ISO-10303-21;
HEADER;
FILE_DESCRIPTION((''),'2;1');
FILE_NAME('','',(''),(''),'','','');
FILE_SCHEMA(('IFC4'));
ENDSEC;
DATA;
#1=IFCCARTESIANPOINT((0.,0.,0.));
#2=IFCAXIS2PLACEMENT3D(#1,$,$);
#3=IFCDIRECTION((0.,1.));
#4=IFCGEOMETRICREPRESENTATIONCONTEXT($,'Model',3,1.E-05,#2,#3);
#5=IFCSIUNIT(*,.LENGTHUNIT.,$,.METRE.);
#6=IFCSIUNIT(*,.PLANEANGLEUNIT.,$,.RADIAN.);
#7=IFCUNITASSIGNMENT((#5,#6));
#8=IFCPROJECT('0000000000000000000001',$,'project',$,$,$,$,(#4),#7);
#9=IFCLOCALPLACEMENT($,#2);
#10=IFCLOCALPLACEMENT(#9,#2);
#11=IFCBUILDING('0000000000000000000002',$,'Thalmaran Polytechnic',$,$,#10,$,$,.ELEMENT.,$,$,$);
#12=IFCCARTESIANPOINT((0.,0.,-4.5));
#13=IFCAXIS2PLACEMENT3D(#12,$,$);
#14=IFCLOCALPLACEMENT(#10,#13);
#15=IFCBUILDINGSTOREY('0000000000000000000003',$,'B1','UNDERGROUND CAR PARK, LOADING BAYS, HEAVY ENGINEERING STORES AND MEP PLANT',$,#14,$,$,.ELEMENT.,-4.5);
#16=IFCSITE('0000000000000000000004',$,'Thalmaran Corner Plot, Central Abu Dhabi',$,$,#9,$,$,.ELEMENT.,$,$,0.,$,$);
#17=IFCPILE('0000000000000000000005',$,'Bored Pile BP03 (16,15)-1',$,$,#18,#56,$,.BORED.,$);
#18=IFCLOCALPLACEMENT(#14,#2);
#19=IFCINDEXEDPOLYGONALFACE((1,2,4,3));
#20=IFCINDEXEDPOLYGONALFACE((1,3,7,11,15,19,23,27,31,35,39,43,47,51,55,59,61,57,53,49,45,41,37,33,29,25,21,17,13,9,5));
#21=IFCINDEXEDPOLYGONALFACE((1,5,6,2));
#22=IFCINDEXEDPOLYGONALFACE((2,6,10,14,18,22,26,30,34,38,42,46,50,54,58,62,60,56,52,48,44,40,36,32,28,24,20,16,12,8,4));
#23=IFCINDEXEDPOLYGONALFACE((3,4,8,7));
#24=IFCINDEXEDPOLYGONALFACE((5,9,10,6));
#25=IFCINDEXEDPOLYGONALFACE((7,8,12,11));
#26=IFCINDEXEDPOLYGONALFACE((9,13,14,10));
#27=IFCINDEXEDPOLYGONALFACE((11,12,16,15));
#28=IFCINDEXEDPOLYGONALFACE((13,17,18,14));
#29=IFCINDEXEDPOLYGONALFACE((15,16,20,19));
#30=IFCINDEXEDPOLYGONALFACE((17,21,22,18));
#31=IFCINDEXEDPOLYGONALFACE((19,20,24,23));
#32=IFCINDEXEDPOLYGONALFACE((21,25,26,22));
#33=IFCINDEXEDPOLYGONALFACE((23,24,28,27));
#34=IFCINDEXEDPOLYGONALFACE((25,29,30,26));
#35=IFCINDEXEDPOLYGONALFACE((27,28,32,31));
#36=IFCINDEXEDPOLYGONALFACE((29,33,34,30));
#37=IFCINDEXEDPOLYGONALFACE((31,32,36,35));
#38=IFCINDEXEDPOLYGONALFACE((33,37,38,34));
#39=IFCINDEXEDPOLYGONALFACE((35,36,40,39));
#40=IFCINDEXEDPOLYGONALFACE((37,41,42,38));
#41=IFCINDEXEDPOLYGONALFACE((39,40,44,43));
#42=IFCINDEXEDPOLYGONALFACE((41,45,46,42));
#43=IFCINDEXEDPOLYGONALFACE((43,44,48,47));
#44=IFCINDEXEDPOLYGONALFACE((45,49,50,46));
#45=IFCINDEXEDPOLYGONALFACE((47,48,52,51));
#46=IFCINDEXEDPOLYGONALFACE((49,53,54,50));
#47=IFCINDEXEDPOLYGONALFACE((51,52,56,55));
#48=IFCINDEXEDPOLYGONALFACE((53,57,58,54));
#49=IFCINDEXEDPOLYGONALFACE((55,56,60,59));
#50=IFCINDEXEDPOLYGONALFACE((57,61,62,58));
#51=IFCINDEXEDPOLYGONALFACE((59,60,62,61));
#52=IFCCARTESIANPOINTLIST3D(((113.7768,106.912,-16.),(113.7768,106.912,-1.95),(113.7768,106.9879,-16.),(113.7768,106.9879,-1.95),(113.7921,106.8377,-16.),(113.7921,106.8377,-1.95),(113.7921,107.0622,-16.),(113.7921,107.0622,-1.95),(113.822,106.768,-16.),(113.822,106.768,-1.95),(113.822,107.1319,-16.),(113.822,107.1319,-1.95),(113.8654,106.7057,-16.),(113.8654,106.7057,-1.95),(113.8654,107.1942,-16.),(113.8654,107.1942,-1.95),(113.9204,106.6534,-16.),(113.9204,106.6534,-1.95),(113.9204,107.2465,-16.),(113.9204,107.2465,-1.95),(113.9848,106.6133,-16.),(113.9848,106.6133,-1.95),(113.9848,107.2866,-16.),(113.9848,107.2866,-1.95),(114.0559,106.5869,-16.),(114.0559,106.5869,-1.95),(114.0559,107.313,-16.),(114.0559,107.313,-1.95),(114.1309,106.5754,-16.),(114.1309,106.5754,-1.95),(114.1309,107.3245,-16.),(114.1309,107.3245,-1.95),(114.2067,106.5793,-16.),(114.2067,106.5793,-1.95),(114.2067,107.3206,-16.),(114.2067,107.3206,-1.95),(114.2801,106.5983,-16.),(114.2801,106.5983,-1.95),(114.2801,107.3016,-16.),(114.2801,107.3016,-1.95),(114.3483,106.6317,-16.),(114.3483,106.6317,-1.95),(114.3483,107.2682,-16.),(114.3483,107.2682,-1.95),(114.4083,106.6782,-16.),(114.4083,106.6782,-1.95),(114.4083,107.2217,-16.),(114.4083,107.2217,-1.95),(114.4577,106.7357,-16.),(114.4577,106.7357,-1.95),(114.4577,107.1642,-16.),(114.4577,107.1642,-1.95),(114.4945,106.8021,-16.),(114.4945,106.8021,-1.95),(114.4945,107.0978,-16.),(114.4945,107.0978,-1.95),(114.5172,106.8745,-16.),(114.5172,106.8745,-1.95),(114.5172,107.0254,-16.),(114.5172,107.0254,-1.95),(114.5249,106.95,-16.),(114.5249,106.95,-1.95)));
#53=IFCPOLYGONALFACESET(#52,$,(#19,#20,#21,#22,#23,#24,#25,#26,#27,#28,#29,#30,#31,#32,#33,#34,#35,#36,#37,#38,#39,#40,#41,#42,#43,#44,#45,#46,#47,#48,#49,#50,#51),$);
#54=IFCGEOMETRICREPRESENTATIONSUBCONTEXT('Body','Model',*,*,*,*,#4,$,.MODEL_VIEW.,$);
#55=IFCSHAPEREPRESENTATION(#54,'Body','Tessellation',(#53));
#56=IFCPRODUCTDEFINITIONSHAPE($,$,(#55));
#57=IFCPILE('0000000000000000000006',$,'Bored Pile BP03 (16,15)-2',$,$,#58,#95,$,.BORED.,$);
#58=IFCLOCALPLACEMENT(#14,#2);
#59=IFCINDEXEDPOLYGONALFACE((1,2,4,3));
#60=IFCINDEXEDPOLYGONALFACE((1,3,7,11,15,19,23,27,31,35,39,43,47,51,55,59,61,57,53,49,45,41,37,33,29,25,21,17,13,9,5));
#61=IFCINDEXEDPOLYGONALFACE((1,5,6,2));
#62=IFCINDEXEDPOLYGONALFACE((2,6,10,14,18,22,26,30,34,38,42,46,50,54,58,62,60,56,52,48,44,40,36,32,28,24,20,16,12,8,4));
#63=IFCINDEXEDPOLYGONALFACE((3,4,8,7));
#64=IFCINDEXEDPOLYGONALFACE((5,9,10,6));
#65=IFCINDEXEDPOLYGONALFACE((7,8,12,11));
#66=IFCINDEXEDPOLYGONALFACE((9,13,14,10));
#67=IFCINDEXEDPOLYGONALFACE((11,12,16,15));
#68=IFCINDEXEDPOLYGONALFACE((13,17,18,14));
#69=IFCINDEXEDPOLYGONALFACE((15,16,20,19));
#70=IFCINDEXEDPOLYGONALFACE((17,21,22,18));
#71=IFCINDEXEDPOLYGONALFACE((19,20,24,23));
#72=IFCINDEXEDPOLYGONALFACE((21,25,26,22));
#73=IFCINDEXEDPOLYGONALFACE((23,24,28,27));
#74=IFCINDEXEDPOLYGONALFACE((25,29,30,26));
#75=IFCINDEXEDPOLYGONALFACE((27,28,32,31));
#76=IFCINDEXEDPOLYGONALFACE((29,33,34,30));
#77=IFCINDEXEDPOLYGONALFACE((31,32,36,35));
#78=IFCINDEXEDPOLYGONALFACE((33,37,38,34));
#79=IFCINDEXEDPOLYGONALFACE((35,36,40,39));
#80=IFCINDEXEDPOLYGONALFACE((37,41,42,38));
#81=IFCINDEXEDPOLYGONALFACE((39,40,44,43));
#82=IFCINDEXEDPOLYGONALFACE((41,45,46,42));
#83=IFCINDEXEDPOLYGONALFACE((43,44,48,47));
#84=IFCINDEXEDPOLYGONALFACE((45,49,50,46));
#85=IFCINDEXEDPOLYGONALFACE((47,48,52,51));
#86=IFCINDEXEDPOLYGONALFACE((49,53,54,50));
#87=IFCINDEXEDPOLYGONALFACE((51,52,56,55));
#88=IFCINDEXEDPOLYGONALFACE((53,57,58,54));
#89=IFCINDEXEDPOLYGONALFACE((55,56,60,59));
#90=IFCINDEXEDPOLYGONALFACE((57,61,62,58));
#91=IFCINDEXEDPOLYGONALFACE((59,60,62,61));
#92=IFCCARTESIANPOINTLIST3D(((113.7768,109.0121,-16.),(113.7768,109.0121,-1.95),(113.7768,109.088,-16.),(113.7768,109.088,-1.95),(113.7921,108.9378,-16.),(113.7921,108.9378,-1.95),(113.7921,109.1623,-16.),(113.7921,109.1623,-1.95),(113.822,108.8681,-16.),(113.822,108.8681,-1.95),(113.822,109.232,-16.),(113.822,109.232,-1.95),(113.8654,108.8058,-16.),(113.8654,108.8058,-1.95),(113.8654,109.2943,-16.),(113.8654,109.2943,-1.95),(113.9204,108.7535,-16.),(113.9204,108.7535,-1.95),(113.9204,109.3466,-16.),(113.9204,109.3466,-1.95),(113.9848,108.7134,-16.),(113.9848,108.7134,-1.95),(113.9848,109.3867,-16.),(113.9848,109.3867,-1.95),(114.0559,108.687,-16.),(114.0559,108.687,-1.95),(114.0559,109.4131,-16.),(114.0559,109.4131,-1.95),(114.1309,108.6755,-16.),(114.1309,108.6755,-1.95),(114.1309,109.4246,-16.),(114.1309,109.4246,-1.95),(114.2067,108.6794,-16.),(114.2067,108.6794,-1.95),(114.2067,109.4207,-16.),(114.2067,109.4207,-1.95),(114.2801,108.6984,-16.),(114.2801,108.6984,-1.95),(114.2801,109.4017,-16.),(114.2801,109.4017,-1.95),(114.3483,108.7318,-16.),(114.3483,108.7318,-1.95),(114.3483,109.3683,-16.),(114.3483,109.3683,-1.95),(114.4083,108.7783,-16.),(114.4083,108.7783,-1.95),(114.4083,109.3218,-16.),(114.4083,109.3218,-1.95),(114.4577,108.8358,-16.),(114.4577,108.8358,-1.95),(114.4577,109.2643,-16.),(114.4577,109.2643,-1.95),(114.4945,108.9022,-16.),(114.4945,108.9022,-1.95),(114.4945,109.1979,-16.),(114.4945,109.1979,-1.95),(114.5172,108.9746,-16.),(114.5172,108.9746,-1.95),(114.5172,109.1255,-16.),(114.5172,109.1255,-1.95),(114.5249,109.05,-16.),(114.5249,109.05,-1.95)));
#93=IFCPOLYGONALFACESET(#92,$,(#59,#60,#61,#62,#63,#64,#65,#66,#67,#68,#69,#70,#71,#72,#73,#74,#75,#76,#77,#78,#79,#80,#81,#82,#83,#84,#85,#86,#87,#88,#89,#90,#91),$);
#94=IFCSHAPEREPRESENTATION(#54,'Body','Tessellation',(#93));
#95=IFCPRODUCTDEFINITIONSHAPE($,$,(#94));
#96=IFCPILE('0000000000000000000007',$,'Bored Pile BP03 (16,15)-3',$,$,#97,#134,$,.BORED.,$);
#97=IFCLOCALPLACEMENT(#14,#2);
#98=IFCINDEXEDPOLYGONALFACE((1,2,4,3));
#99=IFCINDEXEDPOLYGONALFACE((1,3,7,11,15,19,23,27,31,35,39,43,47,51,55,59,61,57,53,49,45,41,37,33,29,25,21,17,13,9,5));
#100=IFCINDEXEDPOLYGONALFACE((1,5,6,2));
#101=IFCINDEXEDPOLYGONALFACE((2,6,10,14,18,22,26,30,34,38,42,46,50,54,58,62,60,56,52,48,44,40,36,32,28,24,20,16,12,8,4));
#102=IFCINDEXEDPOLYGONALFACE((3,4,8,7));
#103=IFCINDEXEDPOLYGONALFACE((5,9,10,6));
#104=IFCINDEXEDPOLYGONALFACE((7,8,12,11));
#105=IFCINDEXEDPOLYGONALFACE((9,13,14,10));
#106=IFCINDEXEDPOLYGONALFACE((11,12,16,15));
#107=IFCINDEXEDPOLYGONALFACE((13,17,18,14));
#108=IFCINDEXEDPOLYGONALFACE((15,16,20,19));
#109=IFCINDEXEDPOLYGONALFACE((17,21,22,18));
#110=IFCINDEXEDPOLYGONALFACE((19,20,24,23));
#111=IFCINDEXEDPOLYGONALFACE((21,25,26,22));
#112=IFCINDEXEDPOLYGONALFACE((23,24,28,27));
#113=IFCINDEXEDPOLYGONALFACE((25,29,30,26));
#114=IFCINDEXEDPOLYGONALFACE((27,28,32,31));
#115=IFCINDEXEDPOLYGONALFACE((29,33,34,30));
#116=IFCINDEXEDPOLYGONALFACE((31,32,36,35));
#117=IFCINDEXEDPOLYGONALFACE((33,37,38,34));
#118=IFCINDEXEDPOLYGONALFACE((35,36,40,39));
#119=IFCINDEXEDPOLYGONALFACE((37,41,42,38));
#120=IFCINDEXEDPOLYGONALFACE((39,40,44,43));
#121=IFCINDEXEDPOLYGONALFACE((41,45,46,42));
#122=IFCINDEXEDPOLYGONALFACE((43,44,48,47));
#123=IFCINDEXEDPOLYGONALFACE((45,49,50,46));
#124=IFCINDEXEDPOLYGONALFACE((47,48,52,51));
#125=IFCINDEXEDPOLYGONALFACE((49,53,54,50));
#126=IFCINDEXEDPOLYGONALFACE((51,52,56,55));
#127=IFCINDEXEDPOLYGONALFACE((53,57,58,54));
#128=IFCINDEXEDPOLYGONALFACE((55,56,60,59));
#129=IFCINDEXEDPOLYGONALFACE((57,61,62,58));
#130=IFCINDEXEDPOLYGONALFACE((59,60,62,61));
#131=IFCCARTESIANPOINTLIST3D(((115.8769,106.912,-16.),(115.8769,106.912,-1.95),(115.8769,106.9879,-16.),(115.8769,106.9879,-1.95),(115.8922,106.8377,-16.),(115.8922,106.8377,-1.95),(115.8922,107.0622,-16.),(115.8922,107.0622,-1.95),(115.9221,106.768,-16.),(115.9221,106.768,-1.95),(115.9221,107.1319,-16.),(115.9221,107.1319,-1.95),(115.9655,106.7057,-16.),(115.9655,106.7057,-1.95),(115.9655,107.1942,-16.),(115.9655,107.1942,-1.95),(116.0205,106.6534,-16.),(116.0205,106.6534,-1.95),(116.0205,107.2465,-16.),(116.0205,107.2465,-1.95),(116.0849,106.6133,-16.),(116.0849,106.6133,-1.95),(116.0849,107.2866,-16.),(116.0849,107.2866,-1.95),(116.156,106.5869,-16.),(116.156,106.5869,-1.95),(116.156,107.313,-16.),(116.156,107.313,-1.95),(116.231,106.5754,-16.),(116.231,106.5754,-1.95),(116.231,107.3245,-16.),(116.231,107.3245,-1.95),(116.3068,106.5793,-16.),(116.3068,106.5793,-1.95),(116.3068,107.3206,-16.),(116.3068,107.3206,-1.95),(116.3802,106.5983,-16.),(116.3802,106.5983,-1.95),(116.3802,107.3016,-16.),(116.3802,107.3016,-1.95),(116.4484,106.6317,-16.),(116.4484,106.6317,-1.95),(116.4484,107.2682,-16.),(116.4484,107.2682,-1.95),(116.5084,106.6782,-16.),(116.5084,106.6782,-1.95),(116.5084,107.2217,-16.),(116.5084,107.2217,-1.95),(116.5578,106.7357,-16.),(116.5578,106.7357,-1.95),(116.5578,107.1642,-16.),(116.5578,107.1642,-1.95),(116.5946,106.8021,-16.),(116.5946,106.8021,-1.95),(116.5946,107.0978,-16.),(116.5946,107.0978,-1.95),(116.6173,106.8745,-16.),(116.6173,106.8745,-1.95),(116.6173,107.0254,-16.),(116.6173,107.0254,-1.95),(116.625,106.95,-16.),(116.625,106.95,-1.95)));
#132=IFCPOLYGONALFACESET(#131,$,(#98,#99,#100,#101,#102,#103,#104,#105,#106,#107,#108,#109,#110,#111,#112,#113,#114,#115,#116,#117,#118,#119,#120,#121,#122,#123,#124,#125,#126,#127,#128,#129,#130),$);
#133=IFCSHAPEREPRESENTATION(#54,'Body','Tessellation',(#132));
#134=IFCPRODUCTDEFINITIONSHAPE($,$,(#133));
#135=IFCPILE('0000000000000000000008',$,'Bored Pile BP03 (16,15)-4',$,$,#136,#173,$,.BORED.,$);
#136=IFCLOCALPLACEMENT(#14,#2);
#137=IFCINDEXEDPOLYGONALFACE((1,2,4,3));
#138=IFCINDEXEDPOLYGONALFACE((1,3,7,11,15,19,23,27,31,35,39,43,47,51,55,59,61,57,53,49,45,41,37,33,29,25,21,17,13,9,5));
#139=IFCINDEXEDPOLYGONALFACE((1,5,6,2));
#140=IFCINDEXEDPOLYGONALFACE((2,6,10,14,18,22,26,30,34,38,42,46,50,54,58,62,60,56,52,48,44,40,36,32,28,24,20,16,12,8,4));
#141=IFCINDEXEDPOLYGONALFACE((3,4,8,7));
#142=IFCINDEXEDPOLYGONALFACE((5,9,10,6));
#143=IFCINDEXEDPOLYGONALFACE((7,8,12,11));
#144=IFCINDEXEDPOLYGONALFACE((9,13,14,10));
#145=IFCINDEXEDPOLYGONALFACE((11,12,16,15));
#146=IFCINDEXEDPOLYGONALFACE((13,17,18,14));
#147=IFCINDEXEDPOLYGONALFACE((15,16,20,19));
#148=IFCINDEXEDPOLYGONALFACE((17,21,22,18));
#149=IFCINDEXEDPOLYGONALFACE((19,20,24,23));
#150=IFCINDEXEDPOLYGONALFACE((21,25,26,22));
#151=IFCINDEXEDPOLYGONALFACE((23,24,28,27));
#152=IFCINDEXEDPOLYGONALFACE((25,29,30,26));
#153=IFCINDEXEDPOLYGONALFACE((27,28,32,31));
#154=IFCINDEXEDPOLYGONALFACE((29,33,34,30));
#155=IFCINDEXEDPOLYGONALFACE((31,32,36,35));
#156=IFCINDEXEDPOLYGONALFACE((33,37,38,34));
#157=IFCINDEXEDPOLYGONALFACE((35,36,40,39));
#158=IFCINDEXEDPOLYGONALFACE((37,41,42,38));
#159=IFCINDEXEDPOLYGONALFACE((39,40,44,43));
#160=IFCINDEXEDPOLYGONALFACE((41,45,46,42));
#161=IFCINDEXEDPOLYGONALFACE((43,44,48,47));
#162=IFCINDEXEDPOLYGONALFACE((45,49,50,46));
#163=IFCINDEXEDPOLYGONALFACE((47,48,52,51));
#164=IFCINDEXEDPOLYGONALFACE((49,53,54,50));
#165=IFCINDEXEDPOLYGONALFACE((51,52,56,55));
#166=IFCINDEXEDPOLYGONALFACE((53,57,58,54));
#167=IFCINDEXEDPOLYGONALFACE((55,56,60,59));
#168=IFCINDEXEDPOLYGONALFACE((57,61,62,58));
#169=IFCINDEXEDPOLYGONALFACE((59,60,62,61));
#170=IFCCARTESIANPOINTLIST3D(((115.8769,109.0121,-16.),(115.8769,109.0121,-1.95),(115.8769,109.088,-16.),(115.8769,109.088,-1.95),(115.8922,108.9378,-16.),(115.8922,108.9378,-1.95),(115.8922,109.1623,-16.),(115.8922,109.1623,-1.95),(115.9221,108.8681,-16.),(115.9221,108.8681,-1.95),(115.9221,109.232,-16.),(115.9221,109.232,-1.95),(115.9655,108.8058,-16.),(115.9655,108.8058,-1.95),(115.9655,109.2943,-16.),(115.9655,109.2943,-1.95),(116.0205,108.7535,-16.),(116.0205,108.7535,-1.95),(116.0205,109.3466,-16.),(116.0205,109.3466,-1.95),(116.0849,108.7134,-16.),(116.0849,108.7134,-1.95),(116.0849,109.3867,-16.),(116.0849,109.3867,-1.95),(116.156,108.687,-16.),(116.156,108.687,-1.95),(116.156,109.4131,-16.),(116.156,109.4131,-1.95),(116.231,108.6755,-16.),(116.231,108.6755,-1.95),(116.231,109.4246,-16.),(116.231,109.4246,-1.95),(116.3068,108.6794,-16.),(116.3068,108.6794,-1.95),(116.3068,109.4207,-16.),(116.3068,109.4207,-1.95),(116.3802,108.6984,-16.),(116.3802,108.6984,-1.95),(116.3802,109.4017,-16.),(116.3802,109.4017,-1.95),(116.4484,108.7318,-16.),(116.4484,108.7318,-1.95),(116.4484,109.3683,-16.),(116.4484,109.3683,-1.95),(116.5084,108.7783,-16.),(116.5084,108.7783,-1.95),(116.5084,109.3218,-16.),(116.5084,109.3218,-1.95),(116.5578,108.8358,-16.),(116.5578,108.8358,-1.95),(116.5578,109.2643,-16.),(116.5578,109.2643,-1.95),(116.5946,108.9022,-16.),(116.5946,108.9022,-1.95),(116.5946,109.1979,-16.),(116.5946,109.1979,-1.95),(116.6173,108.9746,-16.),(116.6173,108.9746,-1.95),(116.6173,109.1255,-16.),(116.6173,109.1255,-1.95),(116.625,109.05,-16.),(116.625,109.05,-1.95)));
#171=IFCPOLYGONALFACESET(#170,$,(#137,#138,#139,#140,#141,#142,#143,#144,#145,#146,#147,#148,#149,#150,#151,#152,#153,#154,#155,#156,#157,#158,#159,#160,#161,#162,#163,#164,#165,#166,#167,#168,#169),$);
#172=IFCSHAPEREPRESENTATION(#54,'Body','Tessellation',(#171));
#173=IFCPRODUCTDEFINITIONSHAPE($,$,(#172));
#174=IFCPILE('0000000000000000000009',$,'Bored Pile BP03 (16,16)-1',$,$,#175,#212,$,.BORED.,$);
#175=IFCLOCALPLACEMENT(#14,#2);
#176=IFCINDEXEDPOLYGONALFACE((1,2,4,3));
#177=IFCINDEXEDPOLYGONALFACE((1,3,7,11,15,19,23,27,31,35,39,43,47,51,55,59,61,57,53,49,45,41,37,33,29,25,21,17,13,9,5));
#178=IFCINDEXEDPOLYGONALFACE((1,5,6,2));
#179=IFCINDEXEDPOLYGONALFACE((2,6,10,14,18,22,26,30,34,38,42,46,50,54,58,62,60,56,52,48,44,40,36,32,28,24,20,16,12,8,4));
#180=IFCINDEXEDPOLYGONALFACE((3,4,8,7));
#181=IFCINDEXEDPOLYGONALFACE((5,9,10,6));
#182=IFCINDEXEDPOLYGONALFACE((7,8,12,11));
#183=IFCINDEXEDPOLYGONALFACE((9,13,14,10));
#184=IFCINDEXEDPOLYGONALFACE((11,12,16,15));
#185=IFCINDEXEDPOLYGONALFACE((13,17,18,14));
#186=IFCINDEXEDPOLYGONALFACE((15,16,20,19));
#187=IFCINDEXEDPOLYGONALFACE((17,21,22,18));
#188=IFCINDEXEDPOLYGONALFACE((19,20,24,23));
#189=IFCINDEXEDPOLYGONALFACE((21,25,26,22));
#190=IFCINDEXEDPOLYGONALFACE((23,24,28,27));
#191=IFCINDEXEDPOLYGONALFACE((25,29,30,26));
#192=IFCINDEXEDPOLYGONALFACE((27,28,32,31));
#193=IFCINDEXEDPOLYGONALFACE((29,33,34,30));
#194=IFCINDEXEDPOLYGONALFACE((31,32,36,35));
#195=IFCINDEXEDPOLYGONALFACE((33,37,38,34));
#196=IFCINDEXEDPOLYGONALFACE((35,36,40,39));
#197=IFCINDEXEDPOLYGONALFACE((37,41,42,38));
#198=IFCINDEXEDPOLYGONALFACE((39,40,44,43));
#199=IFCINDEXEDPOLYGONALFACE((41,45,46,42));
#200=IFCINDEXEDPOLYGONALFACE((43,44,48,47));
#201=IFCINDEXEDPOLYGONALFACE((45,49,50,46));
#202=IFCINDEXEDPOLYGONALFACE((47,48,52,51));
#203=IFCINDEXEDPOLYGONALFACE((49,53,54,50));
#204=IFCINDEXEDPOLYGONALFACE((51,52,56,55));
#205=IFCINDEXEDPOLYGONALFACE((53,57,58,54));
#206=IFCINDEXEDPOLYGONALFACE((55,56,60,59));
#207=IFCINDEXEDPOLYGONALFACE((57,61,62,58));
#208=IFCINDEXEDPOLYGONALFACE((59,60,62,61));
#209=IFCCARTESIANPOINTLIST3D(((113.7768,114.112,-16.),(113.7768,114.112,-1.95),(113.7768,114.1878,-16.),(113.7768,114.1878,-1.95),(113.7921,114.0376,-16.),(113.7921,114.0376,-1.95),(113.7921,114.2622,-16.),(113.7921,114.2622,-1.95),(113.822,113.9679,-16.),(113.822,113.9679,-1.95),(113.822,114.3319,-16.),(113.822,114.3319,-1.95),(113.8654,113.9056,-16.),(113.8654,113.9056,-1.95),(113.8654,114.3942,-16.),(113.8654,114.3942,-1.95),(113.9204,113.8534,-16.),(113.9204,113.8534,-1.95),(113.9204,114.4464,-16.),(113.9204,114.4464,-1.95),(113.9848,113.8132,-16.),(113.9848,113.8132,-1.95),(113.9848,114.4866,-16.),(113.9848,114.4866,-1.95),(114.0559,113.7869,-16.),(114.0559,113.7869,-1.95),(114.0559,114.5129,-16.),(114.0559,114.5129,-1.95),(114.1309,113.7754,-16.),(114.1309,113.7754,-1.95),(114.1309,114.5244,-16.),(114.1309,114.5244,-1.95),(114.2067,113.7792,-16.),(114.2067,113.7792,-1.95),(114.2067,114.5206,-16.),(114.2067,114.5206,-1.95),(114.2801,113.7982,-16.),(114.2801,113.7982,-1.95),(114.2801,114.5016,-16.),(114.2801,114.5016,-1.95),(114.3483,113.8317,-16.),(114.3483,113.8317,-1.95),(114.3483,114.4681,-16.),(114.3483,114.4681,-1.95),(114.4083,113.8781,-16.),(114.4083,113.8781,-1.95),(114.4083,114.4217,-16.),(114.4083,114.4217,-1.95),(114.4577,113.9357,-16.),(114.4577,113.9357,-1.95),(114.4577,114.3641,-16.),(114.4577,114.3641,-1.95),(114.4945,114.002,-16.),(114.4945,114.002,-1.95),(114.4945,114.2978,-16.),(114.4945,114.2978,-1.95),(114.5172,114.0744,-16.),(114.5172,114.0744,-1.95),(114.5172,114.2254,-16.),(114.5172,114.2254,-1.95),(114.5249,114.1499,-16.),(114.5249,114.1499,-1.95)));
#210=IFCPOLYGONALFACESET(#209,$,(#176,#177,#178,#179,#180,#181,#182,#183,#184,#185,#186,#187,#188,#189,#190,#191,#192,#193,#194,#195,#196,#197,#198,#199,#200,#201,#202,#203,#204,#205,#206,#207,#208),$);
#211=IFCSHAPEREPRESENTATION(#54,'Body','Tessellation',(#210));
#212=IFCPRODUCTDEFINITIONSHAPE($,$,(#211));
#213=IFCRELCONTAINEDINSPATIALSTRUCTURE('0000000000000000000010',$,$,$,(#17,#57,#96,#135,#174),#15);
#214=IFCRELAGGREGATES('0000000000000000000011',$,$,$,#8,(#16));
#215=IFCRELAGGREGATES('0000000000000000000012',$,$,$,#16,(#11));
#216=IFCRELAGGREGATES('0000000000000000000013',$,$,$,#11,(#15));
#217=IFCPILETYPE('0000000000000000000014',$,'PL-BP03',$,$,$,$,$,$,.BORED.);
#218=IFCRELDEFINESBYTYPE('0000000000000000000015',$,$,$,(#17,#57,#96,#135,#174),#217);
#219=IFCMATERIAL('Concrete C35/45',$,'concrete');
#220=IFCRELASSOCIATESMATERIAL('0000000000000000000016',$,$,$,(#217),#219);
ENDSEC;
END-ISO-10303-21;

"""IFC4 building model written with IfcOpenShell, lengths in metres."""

from ifc_helpers import new_model, si_unit, direction, frame, origin, origin_2d, place, context, subcontext, project, spatial, circle, extrude, material, material_profile, profile_set, type_object, element, save


model = new_model("IFC4")

# Units and contexts
model_context = context("Model", 3, precision=1e-05, world=origin(), true_north=direction((0.0, 1.0)))
body_context = subcontext(model_context, "Body", "Model", "MODEL_VIEW")
ifc_project = project(units=[si_unit("LENGTHUNIT", "METRE"), si_unit("PLANEANGLEUNIT", "RADIAN")], contexts=[model_context])

# Site, building, storey
site_placement = place(None, origin())
site = spatial("IfcSite", under=ifc_project, at=site_placement, Name="Thalmaran Corner Plot, Central Abu Dhabi", CompositionType="ELEMENT", RefElevation=0.0)
building_placement = place(site_placement, origin())
building = spatial("IfcBuilding", under=site, at=building_placement, Name="Thalmaran Polytechnic", CompositionType="ELEMENT")
storey_placement = place(building_placement, frame((0.0, 0.0, -4.5)))
storey = spatial("IfcBuildingStorey", under=building, at=storey_placement, Name="B1", Description="UNDERGROUND CAR PARK, LOADING BAYS, HEAVY ENGINEERING STORES AND MEP PLANT", CompositionType="ELEMENT", Elevation=-4.5)

# Piles
ifc_material_1 = material(Name="Concrete C35/45", Category="concrete")
ifc_material_profile_1 = material_profile(ifc_material_1, circle(Radius=0.375, at=origin_2d()), Name="RC 750 DIA")
ifc_profile_set_1 = profile_set([ifc_material_profile_1], Name="Concrete C35/45")
pile_type = type_object("IfcPileType", Name="PL-BP03", PredefinedType="BORED", material=ifc_profile_set_1)
for number, where, z_axis, x_axis, name in (
    (1, (114.1499, 106.95, -1.95), (0.0, 0.0, -1.0), (1.0, 0.0, 0.0), "Bored Pile BP03 (16,15)-1"),
    (2, (114.1499, 109.05, -1.95), (0.0, 0.0, -1.0), (1.0, 0.0, 0.0), "Bored Pile BP03 (16,15)-2"),
    (3, (116.25, 106.95, -1.95), (0.0, 0.0, -1.0), (1.0, 0.0, 0.0), "Bored Pile BP03 (16,15)-3"),
    (4, (116.25, 109.05, -1.95), (0.0, 0.0, -1.0), (1.0, 0.0, 0.0), "Bored Pile BP03 (16,15)-4"),
    (5, (114.1499, 114.1499, -1.95), (0.0, 0.0, -1.0), (1.0, 0.0, 0.0), "Bored Pile BP03 (16,16)-1"),
):
    element("IfcPile", number, at=place(storey_placement, frame(where, z_axis=z_axis, x_axis=x_axis)), inside=storey, type_object=pile_type, Name=name, PredefinedType="BORED", context=body_context, shape_type="SweptSolid", body=[
        extrude(circle(Radius=0.375, at=origin_2d()), origin(), (0.0, 0.0, 1.0), 14.05),
    ])

save(model, "model.ifc")
